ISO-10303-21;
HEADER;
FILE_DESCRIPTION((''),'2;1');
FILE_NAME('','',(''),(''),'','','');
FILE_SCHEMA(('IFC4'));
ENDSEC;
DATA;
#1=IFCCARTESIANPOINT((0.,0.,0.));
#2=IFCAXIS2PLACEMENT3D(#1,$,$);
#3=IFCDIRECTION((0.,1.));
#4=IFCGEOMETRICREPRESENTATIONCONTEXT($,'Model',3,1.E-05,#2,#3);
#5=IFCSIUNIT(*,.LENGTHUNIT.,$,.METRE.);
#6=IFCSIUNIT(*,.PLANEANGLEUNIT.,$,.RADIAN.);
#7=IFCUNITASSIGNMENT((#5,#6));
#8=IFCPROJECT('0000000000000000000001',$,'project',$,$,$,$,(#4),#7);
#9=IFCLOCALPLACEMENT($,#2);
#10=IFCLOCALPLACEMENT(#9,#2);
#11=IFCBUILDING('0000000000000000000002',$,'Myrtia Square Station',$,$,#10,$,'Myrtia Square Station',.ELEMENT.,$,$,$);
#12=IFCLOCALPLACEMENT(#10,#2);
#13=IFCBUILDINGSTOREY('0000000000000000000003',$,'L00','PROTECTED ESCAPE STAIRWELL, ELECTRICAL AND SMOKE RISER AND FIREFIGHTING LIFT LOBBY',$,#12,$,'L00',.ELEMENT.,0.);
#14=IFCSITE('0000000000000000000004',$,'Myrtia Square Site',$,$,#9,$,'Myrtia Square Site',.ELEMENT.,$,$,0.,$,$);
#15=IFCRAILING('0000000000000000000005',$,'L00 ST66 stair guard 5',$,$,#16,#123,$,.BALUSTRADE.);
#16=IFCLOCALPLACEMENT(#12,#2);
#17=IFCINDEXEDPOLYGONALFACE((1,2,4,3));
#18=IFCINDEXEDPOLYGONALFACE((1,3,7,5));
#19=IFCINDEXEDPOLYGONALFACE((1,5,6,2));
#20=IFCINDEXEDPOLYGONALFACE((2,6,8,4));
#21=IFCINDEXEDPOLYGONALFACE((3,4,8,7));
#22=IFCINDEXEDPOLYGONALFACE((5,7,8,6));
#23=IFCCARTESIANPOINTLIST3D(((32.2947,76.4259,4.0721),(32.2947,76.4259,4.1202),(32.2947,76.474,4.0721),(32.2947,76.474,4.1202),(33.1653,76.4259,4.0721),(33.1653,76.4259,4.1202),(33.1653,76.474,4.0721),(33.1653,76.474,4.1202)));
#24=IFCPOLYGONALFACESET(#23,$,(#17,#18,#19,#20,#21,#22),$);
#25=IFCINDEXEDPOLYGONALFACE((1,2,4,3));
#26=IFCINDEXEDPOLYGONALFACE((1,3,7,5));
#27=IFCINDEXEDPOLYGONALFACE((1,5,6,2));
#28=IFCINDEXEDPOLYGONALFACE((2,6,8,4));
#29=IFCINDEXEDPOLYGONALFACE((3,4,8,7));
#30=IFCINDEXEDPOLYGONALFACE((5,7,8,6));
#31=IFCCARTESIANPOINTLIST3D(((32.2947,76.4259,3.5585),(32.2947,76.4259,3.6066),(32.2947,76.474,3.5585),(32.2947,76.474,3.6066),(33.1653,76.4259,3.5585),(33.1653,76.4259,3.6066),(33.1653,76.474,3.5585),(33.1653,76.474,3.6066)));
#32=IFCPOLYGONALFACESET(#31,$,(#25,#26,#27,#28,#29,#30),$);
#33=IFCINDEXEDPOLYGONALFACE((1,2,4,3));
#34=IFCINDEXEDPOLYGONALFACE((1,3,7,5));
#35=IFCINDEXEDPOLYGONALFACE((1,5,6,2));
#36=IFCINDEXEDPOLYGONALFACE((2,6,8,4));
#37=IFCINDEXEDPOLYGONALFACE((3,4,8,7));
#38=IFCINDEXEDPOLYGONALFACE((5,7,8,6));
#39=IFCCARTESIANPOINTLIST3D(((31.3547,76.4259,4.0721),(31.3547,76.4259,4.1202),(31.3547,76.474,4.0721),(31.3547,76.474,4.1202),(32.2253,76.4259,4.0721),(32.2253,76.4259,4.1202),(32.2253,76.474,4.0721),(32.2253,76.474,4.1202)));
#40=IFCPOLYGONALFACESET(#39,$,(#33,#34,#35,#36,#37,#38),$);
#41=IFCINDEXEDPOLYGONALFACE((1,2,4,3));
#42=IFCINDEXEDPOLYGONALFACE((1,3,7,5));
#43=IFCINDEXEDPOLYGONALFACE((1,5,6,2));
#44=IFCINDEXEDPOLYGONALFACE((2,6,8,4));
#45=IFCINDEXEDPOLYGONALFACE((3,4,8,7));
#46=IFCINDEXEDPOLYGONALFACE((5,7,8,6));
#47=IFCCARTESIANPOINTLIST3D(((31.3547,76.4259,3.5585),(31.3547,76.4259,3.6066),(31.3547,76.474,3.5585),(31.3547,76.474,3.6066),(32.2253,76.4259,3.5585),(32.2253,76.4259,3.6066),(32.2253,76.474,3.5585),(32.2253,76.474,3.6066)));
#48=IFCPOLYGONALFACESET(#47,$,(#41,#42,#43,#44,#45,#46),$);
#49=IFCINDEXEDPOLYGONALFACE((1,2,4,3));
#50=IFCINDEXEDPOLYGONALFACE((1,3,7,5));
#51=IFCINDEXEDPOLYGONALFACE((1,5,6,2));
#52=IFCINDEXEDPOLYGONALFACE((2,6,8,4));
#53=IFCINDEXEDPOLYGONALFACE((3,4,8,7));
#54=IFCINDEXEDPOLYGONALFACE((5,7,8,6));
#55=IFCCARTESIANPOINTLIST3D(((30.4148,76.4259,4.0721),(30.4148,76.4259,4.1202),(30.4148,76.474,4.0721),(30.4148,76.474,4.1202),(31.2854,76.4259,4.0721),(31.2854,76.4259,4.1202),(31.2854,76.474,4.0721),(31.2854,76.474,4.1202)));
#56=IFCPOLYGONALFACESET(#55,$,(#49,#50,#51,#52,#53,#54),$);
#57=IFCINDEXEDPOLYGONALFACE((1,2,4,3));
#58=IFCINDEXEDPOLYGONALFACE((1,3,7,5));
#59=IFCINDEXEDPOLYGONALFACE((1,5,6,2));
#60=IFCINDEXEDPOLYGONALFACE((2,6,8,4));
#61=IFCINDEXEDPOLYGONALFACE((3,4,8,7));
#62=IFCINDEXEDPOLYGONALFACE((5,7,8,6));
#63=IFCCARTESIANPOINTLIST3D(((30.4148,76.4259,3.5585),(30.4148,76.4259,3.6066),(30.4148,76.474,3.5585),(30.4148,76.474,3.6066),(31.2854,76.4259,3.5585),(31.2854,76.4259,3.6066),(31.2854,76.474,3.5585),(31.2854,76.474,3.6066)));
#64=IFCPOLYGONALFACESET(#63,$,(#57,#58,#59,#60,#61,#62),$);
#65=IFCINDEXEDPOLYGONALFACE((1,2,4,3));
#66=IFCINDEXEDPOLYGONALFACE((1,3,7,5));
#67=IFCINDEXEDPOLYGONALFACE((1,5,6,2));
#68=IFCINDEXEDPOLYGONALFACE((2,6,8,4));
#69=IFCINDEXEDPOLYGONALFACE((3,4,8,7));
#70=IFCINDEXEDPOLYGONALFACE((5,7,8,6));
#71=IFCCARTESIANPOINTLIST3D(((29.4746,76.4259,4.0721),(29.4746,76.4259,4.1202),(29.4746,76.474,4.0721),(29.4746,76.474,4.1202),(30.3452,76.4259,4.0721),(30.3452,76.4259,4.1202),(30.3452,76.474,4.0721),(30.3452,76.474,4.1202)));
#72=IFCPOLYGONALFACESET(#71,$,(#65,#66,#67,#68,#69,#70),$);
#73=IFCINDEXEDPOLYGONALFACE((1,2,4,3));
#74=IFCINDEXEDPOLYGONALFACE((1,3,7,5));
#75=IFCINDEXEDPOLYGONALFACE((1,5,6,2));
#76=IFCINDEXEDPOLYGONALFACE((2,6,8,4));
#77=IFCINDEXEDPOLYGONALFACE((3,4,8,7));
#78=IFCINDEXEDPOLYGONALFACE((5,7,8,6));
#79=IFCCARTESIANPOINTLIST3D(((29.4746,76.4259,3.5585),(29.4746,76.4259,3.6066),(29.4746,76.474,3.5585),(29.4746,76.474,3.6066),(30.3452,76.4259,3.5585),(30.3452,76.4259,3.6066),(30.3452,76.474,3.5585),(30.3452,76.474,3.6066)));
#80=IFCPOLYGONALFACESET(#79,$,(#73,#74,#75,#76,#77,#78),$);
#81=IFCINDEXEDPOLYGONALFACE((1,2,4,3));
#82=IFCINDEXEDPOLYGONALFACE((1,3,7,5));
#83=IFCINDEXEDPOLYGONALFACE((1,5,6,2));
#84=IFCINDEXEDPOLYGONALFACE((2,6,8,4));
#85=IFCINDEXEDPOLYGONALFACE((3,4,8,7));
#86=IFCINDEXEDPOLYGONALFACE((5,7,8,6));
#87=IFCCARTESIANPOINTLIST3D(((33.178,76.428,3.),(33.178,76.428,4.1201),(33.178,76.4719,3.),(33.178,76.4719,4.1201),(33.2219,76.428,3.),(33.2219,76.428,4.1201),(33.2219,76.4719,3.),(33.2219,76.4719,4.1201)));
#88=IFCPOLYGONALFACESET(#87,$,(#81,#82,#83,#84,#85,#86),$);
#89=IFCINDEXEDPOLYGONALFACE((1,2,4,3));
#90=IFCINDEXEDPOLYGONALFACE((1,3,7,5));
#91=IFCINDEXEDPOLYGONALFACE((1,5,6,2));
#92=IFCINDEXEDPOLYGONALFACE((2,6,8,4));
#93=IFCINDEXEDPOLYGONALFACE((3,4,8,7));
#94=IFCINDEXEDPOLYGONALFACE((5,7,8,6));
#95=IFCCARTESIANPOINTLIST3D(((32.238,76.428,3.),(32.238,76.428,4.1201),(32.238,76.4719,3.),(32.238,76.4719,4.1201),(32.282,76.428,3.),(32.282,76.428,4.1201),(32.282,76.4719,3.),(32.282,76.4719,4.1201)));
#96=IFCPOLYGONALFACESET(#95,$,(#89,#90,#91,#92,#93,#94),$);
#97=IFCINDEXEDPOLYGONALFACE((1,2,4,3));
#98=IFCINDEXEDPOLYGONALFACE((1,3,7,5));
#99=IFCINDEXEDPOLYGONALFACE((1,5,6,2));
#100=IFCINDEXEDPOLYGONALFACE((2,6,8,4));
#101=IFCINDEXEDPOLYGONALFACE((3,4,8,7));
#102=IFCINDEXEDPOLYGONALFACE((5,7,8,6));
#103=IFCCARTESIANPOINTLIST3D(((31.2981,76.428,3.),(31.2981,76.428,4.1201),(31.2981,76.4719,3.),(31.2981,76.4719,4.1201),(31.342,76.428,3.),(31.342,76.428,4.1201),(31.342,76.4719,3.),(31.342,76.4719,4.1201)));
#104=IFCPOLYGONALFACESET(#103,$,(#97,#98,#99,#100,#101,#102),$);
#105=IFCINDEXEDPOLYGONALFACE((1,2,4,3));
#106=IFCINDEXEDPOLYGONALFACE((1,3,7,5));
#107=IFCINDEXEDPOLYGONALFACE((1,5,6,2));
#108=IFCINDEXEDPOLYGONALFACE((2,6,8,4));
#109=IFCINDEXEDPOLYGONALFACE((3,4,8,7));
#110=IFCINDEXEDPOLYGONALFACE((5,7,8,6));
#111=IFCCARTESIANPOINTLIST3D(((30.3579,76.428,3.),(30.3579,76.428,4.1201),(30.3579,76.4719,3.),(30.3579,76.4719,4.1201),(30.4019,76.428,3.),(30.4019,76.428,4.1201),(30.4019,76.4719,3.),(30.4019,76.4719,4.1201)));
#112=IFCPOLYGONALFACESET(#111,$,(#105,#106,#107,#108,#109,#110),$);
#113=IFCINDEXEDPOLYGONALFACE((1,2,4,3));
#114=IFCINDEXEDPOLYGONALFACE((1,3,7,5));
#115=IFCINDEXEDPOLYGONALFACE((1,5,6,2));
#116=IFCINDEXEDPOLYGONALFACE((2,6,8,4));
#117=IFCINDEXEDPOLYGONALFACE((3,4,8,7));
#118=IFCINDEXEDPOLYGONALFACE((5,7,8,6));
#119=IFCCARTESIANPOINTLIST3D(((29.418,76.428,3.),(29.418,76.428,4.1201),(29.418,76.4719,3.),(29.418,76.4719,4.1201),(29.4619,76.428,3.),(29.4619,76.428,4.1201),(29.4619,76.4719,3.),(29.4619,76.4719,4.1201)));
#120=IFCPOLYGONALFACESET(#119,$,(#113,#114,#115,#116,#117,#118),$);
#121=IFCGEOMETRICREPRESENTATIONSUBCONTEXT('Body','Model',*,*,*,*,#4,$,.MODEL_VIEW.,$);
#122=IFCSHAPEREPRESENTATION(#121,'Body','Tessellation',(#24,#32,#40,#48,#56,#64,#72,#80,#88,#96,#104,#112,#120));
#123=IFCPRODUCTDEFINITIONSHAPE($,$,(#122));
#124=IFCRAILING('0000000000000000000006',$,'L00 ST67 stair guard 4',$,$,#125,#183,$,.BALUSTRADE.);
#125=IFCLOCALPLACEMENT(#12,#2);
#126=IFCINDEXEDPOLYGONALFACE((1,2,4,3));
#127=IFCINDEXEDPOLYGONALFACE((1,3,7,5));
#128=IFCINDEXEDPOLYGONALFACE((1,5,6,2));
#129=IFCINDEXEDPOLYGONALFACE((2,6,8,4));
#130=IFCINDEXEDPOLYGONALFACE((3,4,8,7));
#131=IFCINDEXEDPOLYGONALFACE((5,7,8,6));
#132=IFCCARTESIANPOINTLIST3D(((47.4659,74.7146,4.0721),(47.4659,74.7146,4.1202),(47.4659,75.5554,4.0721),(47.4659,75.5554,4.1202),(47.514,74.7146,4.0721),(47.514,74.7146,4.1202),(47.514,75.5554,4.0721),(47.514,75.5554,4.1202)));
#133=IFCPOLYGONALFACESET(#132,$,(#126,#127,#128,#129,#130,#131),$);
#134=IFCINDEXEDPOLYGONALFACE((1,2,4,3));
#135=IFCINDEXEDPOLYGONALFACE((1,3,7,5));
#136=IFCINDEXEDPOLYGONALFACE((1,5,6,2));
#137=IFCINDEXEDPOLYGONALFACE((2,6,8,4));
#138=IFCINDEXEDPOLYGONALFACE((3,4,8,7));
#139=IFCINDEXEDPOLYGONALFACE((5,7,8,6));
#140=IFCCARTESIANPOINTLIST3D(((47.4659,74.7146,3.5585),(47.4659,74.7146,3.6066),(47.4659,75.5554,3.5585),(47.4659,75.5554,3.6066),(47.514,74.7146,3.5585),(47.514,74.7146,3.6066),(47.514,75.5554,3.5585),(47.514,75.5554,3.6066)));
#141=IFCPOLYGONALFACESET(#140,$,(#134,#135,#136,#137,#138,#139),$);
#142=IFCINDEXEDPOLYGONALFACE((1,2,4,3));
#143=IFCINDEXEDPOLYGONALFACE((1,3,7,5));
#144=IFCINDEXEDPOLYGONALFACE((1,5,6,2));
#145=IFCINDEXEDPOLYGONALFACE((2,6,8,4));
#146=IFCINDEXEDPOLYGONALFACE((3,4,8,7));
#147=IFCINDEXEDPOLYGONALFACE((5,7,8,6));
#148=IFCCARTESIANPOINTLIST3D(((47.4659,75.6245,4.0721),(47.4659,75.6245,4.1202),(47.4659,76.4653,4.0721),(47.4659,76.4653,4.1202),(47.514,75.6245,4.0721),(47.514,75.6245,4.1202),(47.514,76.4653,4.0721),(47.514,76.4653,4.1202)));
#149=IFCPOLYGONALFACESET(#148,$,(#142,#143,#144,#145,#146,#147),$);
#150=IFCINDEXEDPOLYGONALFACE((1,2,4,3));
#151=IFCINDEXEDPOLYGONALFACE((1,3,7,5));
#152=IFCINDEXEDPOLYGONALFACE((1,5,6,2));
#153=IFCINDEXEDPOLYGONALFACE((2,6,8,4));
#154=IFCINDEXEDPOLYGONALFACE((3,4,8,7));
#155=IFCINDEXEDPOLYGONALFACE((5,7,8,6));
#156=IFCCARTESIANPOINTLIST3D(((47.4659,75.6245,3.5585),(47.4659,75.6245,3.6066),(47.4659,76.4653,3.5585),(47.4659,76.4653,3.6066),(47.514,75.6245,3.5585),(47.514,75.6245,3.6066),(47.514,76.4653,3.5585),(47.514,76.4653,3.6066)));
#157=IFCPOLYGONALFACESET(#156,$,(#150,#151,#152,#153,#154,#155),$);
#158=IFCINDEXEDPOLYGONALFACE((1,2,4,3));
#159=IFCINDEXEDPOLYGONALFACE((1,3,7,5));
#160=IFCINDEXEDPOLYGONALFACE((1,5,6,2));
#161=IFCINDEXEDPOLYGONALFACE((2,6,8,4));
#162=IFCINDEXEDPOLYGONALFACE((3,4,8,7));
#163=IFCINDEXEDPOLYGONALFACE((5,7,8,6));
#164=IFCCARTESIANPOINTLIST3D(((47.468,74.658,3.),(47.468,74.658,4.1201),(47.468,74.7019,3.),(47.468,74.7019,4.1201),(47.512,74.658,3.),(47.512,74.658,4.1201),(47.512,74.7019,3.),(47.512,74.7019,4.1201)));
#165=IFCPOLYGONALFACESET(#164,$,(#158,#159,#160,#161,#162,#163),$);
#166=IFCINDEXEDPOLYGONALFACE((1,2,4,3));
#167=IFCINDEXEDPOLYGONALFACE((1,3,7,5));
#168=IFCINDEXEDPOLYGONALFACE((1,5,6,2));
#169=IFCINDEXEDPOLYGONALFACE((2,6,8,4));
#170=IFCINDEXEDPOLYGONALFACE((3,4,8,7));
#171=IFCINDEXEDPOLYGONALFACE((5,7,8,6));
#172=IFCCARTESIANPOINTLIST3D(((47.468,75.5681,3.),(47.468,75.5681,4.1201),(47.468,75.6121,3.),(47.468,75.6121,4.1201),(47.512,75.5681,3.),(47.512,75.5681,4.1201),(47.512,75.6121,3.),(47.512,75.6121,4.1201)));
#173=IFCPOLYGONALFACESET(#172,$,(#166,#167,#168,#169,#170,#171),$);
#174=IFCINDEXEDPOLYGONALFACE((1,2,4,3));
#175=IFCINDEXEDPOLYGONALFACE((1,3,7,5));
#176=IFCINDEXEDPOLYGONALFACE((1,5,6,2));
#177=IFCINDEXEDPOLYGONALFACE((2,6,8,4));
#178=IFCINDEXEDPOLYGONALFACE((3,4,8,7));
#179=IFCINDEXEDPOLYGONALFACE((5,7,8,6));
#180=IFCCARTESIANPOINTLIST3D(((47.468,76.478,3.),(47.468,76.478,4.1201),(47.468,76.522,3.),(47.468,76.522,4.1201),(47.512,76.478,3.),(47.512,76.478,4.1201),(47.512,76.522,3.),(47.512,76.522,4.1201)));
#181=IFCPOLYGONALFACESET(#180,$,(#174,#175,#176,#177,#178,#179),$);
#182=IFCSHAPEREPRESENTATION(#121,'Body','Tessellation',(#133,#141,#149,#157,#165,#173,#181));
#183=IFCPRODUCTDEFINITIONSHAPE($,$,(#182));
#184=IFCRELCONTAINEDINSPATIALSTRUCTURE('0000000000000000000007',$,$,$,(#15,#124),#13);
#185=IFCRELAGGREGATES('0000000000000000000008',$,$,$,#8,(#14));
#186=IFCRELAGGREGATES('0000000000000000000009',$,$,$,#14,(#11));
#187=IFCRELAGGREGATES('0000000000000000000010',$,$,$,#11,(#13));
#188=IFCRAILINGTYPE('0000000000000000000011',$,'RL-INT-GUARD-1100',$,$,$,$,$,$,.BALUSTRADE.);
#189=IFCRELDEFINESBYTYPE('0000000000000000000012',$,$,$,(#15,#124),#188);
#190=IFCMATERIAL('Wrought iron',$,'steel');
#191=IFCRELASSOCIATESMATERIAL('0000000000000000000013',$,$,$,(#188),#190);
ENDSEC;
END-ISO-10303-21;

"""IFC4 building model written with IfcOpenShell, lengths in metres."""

from ifc_helpers import new_model, si_unit, direction, frame, origin, origin_2d, place, context, subcontext, project, spatial, rectangle, extrude, material, type_object, element, save


model = new_model("IFC4")

# Units and contexts
model_context = context("Model", 3, precision=1e-05, world=origin(), true_north=direction((0.0, 1.0)))
body_context = subcontext(model_context, "Body", "Model", "MODEL_VIEW")
ifc_project = project(units=[si_unit("LENGTHUNIT", "METRE"), si_unit("PLANEANGLEUNIT", "RADIAN")], contexts=[model_context])

# Site, building, storey
site_placement = place(None, origin())
site = spatial("IfcSite", under=ifc_project, at=site_placement, Name="Myrtia Square Site", LongName="Myrtia Square Site", CompositionType="ELEMENT", RefElevation=0.0)
building_placement = place(site_placement, origin())
building = spatial("IfcBuilding", under=site, at=building_placement, Name="Myrtia Square Station", LongName="Myrtia Square Station", CompositionType="ELEMENT")
storey_placement = place(building_placement, origin())
storey = spatial("IfcBuildingStorey", under=building, at=storey_placement, Name="L00", Description="PROTECTED ESCAPE STAIRWELL, ELECTRICAL AND SMOKE RISER AND FIREFIGHTING LIFT LOBBY", LongName="L00", CompositionType="ELEMENT", Elevation=0.0)

# Railings
ifc_material_1 = material(Name="Wrought iron", Category="steel")
railing_type_1 = type_object("IfcRailingType", Name="RL-INT-GUARD-1100", PredefinedType="BALUSTRADE", material=ifc_material_1)
railing_1_placement = place(storey_placement, frame((33.2, 76.45, 3.0)))
element("IfcRailing", 1, at=railing_1_placement, inside=storey, type_object=railing_type_1, Name="L00 ST66 stair guard 5", PredefinedType="BALUSTRADE", context=body_context, shape_type="SweptSolid", body=[
    extrude(rectangle(XDim=0.0481, YDim=0.0481, at=origin_2d()), frame((-0.0347, 0.0, 1.0962), z_axis=(-1.0, 0.0, 0.0), x_axis=(0.0, -1.0, 0.0)), (0.0, 0.0, 1.0), 0.8706),
    extrude(rectangle(XDim=0.0481, YDim=0.0481, at=origin_2d()), frame((-0.0347, 0.0, 0.5825), z_axis=(-1.0, 0.0, 0.0), x_axis=(0.0, -1.0, 0.0)), (0.0, 0.0, 1.0), 0.8706),
    extrude(rectangle(XDim=0.0481, YDim=0.0481, at=origin_2d()), frame((-0.9746, 0.0, 1.0962), z_axis=(-1.0, 0.0, 0.0), x_axis=(0.0, -1.0, 0.0)), (0.0, 0.0, 1.0), 0.8706),
    extrude(rectangle(XDim=0.0481, YDim=0.0481, at=origin_2d()), frame((-0.9746, 0.0, 0.5825), z_axis=(-1.0, 0.0, 0.0), x_axis=(0.0, -1.0, 0.0)), (0.0, 0.0, 1.0), 0.8706),
    extrude(rectangle(XDim=0.0481, YDim=0.0481, at=origin_2d()), frame((-1.9146, 0.0, 1.0962), z_axis=(-1.0, 0.0, 0.0), x_axis=(0.0, -1.0, 0.0)), (0.0, 0.0, 1.0), 0.8706),
    extrude(rectangle(XDim=0.0481, YDim=0.0481, at=origin_2d()), frame((-1.9146, 0.0, 0.5825), z_axis=(-1.0, 0.0, 0.0), x_axis=(0.0, -1.0, 0.0)), (0.0, 0.0, 1.0), 0.8706),
    extrude(rectangle(XDim=0.0481, YDim=0.0481, at=origin_2d()), frame((-2.8547, 0.0, 1.0962), z_axis=(-1.0, 0.0, 0.0), x_axis=(0.0, -1.0, 0.0)), (0.0, 0.0, 1.0), 0.8706),
    extrude(rectangle(XDim=0.0481, YDim=0.0481, at=origin_2d()), frame((-2.8547, 0.0, 0.5825), z_axis=(-1.0, 0.0, 0.0), x_axis=(0.0, -1.0, 0.0)), (0.0, 0.0, 1.0), 0.8706),
    extrude(rectangle(XDim=0.0439, YDim=0.0439, at=origin_2d()), origin(), (0.0, 0.0, 1.0), 1.1201),
    extrude(rectangle(XDim=0.0439, YDim=0.0439, at=origin_2d()), frame((-0.9399, 0.0, 0.0)), (0.0, 0.0, 1.0), 1.1201),
    extrude(rectangle(XDim=0.0439, YDim=0.0439, at=origin_2d()), frame((-1.8799, 0.0, 0.0)), (0.0, 0.0, 1.0), 1.1201),
    extrude(rectangle(XDim=0.0439, YDim=0.0439, at=origin_2d()), frame((-2.8201, 0.0, 0.0)), (0.0, 0.0, 1.0), 1.1201),
    extrude(rectangle(XDim=0.0439, YDim=0.0439, at=origin_2d()), frame((-3.76, 0.0, 0.0)), (0.0, 0.0, 1.0), 1.1201),
])
railing_2_placement = place(storey_placement, frame((47.49, 74.6799, 3.0)))
element("IfcRailing", 2, at=railing_2_placement, inside=storey, type_object=railing_type_1, Name="L00 ST67 stair guard 4", PredefinedType="BALUSTRADE", context=body_context, shape_type="SweptSolid", body=[
    extrude(rectangle(XDim=0.0481, YDim=0.0481, at=origin_2d()), frame((0.0, 0.0347, 1.0962), z_axis=(0.0, 1.0, 0.0), x_axis=(-1.0, 0.0, 0.0)), (0.0, 0.0, 1.0), 0.8408),
    extrude(rectangle(XDim=0.0481, YDim=0.0481, at=origin_2d()), frame((0.0, 0.0347, 0.5825), z_axis=(0.0, 1.0, 0.0), x_axis=(-1.0, 0.0, 0.0)), (0.0, 0.0, 1.0), 0.8408),
    extrude(rectangle(XDim=0.0481, YDim=0.0481, at=origin_2d()), frame((0.0, 0.9446, 1.0962), z_axis=(0.0, 1.0, 0.0), x_axis=(-1.0, 0.0, 0.0)), (0.0, 0.0, 1.0), 0.8408),
    extrude(rectangle(XDim=0.0481, YDim=0.0481, at=origin_2d()), frame((0.0, 0.9446, 0.5825), z_axis=(0.0, 1.0, 0.0), x_axis=(-1.0, 0.0, 0.0)), (0.0, 0.0, 1.0), 0.8408),
    extrude(rectangle(XDim=0.0439, YDim=0.0439, at=origin_2d()), origin(), (0.0, 0.0, 1.0), 1.1201),
    extrude(rectangle(XDim=0.0439, YDim=0.0439, at=origin_2d()), frame((0.0, 0.9102, 0.0)), (0.0, 0.0, 1.0), 1.1201),
    extrude(rectangle(XDim=0.0439, YDim=0.0439, at=origin_2d()), frame((0.0, 1.8201, 0.0)), (0.0, 0.0, 1.0), 1.1201),
])

save(model, "model.ifc")
